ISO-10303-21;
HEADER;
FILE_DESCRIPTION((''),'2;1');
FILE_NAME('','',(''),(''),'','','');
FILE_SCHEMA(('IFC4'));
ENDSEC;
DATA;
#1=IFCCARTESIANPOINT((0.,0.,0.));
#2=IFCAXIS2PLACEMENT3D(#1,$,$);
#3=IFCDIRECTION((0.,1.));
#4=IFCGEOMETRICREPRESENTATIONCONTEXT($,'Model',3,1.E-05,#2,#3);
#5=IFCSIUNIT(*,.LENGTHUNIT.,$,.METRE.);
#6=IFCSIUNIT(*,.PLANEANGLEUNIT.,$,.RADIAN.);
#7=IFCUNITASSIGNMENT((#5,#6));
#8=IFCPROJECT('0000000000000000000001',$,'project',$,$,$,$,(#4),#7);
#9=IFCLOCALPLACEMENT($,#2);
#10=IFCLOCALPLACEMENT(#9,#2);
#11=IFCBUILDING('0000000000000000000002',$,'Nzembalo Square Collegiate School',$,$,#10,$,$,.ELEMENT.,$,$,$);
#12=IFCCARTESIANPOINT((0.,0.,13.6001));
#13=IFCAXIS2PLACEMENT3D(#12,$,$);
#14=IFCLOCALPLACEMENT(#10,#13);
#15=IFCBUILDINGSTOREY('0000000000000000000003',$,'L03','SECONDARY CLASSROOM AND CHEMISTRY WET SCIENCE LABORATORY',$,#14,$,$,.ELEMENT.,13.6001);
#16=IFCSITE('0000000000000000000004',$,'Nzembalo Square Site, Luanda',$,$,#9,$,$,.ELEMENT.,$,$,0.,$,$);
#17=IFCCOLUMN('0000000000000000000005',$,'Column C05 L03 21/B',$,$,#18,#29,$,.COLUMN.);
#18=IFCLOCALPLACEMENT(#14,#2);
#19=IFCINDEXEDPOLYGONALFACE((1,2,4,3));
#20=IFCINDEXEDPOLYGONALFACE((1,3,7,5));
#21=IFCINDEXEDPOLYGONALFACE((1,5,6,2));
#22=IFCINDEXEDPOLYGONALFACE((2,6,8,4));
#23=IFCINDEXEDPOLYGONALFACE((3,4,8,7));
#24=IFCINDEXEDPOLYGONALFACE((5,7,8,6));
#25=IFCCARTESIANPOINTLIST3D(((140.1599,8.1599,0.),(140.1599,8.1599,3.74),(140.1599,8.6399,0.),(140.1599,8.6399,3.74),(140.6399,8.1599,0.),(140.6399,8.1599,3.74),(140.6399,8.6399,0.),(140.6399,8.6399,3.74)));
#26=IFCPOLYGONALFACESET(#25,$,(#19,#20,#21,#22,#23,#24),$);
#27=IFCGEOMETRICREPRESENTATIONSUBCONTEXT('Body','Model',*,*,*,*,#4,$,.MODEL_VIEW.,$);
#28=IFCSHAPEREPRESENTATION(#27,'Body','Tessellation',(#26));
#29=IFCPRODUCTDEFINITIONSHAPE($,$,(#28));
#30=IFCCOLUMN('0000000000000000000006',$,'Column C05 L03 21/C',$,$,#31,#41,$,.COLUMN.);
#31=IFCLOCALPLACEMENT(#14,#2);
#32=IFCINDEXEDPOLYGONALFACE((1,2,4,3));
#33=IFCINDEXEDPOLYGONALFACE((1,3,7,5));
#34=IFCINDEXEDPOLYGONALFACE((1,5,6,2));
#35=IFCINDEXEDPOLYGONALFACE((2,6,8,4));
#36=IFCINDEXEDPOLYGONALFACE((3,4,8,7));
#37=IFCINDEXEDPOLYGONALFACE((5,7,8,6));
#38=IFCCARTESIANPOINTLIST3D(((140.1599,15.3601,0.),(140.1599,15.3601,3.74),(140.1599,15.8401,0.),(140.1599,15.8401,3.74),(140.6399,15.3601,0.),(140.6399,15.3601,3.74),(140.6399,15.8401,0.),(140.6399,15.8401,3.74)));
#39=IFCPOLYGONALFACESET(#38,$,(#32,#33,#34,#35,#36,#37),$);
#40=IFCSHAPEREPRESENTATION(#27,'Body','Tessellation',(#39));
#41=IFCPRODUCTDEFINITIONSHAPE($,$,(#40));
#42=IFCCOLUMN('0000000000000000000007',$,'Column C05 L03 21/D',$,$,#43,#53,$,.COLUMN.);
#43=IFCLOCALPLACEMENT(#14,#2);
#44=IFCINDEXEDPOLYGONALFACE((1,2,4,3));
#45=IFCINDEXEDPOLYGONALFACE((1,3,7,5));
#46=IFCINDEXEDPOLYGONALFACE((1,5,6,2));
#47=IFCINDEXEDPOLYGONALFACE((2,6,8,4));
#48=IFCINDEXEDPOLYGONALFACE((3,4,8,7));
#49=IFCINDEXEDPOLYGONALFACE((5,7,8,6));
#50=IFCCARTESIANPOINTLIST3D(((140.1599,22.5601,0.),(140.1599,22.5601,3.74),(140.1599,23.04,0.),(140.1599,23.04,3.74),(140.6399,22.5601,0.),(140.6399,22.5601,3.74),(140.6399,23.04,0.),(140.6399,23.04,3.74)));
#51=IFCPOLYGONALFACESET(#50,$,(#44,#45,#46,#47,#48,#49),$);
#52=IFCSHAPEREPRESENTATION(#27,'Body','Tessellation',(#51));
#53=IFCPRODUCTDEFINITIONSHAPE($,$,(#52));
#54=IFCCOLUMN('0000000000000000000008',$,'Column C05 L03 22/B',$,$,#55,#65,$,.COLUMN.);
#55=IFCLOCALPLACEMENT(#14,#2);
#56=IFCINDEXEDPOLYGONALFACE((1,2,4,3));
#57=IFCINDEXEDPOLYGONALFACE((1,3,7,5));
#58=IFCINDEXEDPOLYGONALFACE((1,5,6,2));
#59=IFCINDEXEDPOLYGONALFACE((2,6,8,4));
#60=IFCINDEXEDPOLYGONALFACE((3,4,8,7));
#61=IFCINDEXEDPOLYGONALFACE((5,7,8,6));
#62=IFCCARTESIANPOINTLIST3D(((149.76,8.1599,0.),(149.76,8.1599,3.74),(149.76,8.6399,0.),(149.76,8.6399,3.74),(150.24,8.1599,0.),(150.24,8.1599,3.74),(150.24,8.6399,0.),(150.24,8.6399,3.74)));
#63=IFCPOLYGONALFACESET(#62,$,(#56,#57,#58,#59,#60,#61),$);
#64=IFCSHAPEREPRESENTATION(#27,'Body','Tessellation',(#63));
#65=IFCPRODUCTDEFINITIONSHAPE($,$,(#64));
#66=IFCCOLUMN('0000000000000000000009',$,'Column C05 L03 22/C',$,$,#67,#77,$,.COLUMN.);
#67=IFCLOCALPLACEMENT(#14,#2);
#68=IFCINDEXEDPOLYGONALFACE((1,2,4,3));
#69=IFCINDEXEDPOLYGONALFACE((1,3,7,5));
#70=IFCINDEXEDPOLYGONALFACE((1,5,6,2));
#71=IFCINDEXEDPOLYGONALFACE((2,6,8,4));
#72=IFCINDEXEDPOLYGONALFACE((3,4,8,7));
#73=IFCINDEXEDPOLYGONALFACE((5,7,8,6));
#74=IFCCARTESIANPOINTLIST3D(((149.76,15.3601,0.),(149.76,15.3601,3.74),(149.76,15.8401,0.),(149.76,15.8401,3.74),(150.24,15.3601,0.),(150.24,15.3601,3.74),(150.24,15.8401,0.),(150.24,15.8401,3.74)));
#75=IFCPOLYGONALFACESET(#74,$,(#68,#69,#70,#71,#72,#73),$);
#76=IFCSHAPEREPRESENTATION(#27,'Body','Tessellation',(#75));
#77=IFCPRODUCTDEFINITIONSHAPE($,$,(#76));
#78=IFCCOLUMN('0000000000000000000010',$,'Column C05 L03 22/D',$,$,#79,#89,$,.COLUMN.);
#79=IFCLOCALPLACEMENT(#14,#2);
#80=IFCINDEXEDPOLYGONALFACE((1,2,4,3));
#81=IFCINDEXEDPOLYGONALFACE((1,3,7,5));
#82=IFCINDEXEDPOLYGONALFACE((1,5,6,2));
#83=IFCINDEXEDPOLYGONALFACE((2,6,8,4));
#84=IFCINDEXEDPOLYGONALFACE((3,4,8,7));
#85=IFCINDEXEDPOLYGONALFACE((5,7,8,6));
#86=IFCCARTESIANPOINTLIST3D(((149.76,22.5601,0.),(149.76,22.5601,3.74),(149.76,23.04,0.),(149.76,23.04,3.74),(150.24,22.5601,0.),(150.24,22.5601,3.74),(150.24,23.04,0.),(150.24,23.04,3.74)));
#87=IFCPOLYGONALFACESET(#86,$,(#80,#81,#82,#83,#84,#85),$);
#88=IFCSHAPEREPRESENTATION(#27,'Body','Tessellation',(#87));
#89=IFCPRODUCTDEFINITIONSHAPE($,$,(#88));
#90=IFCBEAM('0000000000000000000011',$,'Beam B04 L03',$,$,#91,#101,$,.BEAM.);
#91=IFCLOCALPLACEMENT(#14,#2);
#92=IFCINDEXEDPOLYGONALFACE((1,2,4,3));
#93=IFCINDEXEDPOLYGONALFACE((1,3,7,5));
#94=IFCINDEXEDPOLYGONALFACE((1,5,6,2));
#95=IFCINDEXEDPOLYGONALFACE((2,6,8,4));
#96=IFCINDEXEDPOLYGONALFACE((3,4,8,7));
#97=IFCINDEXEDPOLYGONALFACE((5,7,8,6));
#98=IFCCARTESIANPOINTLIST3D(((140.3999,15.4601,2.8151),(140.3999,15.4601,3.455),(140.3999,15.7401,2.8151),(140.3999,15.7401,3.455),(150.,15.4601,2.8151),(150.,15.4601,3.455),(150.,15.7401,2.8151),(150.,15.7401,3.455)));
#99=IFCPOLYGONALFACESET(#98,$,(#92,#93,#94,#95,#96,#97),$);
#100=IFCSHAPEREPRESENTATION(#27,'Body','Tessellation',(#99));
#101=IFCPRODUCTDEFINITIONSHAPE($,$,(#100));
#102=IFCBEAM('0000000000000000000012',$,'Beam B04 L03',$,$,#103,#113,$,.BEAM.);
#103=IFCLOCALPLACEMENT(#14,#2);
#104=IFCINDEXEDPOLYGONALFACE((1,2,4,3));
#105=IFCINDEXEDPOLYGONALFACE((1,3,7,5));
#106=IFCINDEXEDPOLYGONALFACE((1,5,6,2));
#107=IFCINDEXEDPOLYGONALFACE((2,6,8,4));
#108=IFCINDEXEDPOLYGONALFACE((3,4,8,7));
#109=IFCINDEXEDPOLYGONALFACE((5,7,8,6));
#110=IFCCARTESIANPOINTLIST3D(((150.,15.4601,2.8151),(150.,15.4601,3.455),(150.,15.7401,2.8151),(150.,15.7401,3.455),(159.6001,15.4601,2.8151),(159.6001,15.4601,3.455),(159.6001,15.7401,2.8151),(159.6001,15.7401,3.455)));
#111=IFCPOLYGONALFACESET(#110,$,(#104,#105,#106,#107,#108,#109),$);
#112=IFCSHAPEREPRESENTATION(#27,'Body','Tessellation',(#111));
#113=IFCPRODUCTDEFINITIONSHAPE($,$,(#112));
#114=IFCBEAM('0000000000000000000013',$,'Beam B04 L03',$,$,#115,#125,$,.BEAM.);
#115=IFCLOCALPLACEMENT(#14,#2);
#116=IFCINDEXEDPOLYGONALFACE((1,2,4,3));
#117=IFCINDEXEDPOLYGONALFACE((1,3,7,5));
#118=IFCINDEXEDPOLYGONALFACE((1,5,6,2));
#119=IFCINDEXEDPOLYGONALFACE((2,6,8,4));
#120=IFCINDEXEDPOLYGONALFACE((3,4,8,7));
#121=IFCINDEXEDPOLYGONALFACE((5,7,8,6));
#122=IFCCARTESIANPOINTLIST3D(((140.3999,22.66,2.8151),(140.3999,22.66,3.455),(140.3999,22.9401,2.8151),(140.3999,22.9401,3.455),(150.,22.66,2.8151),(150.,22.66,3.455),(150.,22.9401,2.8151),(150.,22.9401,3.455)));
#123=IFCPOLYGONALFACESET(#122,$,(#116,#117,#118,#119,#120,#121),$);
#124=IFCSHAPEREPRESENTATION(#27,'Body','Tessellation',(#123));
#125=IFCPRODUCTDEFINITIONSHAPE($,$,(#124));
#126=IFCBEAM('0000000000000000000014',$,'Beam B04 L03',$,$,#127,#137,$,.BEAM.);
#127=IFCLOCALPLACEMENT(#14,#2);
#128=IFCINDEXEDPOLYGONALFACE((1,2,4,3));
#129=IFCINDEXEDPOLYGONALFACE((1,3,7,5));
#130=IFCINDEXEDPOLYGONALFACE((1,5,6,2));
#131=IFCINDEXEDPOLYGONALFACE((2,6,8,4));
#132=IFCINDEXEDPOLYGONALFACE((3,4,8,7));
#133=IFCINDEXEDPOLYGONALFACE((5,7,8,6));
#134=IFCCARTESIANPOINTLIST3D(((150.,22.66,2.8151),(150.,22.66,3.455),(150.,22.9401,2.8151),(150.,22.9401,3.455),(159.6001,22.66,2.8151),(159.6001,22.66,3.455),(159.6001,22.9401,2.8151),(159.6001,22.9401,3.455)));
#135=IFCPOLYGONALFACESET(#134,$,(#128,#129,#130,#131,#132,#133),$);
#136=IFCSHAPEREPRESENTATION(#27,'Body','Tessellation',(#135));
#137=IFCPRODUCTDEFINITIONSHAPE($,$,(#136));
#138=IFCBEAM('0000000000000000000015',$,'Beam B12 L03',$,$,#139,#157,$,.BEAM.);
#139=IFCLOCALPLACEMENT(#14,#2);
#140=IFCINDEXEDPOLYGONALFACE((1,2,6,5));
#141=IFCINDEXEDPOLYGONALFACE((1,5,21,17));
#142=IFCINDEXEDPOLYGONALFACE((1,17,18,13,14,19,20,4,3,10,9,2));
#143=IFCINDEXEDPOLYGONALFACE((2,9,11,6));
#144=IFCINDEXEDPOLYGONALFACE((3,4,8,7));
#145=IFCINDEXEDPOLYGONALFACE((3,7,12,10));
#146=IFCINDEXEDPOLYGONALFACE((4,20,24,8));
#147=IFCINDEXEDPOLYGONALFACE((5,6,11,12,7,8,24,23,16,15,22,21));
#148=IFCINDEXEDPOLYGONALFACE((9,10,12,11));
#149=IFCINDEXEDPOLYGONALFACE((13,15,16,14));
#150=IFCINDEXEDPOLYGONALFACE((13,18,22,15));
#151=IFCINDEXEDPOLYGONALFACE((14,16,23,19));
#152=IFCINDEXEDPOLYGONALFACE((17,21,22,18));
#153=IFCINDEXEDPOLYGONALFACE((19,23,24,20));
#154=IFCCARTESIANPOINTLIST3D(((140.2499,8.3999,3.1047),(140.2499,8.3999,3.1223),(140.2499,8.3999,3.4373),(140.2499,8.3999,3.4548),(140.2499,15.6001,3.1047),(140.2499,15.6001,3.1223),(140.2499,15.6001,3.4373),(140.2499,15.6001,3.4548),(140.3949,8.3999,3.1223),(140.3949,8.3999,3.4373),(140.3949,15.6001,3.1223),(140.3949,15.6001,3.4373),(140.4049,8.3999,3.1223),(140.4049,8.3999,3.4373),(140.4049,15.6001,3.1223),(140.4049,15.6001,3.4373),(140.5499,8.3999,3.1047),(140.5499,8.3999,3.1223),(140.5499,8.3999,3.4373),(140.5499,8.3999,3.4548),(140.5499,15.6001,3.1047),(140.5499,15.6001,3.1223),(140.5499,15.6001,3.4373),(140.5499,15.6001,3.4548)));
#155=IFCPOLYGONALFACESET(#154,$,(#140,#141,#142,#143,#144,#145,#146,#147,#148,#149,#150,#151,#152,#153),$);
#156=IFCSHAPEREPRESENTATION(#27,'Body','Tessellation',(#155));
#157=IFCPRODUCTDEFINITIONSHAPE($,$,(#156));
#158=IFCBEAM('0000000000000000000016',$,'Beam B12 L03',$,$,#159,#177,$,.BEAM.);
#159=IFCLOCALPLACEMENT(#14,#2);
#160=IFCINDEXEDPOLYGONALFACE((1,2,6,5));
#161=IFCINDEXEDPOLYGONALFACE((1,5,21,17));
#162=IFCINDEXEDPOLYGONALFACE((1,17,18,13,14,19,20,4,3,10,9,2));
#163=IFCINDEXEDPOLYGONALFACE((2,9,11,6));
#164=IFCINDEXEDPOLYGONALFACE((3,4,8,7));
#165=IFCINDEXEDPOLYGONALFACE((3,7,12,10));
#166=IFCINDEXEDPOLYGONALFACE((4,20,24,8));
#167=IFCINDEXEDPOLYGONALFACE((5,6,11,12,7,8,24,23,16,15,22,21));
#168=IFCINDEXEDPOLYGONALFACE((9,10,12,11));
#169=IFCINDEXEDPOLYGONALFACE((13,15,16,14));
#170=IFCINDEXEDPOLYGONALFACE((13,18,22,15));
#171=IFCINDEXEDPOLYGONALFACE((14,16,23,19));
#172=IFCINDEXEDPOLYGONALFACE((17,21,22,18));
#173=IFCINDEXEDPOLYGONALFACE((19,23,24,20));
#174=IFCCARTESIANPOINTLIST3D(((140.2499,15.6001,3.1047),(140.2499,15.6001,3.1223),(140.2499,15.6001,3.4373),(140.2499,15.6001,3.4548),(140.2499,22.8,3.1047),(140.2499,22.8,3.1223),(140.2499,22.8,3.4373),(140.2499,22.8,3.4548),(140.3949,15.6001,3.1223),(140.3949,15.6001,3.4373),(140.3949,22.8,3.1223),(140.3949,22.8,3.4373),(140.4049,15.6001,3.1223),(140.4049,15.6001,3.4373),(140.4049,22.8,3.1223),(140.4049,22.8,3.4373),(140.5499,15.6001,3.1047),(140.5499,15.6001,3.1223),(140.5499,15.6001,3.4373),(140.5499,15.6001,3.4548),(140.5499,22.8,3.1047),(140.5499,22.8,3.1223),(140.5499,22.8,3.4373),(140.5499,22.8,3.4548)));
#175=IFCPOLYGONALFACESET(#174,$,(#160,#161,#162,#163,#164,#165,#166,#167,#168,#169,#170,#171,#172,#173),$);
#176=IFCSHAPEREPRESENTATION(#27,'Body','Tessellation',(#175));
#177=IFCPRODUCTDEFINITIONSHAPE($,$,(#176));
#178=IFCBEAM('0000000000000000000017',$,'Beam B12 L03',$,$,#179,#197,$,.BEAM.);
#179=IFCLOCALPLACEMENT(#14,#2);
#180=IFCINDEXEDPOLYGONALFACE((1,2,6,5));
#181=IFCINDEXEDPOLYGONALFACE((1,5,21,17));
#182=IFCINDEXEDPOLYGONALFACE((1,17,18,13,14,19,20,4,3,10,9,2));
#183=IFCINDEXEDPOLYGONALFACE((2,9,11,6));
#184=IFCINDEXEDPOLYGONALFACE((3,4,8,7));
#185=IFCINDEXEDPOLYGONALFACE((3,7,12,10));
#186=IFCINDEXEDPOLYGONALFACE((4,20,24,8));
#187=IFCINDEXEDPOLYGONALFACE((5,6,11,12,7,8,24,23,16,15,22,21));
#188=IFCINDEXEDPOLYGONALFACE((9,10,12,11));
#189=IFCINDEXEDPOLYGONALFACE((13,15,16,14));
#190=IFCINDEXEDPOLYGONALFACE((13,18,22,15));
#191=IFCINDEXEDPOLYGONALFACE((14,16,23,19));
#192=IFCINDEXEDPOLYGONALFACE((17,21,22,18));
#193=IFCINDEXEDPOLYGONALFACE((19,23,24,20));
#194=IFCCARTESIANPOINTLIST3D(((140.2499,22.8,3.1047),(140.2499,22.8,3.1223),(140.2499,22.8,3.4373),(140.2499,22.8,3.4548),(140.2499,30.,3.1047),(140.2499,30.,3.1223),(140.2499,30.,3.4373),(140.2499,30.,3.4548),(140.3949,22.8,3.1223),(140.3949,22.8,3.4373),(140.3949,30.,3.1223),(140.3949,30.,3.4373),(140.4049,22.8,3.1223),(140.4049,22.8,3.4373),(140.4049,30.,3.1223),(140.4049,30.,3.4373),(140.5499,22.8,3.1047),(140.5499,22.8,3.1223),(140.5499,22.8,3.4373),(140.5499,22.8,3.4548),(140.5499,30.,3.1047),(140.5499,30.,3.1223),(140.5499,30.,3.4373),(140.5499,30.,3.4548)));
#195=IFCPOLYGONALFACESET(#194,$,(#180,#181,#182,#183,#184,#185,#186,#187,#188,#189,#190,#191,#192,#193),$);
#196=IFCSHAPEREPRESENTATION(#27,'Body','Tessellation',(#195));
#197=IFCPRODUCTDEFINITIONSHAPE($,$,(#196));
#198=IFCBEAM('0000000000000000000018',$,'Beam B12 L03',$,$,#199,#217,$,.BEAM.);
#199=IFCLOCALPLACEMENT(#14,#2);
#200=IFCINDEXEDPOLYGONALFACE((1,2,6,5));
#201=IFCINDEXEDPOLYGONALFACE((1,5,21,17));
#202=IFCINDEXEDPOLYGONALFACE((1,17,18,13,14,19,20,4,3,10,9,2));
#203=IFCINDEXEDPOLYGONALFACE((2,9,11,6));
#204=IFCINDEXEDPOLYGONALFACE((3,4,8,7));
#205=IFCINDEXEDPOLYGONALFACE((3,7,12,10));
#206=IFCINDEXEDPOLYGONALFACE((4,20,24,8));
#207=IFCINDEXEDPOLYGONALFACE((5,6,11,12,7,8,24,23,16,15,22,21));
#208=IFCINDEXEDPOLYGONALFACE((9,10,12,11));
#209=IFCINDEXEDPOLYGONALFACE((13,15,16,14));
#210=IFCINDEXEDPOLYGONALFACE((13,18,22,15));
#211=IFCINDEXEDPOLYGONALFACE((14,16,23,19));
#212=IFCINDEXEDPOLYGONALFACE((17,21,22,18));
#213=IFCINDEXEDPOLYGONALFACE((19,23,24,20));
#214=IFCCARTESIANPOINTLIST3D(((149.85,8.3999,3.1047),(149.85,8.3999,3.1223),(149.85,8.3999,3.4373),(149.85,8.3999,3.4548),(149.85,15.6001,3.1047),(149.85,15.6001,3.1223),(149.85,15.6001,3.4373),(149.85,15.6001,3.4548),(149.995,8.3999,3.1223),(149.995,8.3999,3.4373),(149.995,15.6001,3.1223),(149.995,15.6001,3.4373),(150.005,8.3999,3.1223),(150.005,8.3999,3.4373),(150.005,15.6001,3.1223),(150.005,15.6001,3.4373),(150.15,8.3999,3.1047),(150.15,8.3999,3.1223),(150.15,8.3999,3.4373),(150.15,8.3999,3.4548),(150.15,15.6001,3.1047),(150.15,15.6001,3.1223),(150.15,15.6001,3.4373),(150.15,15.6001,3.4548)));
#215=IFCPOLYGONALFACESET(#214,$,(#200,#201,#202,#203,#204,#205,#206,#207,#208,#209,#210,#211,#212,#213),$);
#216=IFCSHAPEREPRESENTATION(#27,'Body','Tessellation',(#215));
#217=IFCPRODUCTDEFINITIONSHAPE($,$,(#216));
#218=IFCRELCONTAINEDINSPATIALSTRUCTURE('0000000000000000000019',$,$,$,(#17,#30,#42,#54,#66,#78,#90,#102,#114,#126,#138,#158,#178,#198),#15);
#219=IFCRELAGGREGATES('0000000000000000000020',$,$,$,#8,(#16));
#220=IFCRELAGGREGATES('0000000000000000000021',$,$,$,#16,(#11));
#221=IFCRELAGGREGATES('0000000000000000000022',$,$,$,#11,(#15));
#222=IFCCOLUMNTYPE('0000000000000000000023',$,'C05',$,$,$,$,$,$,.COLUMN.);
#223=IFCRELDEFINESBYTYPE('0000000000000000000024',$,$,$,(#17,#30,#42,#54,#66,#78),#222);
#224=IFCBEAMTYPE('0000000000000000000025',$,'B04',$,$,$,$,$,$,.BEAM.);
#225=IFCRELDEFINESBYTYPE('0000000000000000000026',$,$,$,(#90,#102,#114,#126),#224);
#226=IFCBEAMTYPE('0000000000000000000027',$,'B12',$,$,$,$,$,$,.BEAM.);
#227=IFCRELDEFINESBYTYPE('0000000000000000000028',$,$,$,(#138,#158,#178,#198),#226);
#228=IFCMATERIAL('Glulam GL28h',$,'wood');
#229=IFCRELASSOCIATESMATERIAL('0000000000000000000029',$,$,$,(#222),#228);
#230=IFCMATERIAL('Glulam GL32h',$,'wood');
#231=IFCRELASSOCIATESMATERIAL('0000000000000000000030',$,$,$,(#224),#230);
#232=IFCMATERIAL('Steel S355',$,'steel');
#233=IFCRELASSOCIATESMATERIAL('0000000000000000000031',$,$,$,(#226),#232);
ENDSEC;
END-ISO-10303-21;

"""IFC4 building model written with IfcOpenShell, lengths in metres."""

from ifc_helpers import new_model, si_unit, direction, frame, origin, origin_2d, place, context, subcontext, project, spatial, rectangle, i_section, extrude, material, material_profile, profile_set, type_object, element, save


model = new_model("IFC4")

# Units and contexts
model_context = context("Model", 3, precision=1e-05, world=origin(), true_north=direction((0.0, 1.0)))
body_context = subcontext(model_context, "Body", "Model", "MODEL_VIEW")
ifc_project = project(units=[si_unit("LENGTHUNIT", "METRE"), si_unit("PLANEANGLEUNIT", "RADIAN")], contexts=[model_context])

# Site, building, storey
site_placement = place(None, origin())
site = spatial("IfcSite", under=ifc_project, at=site_placement, Name="Nzembalo Square Site, Luanda", CompositionType="ELEMENT", RefElevation=0.0)
building_placement = place(site_placement, origin())
building = spatial("IfcBuilding", under=site, at=building_placement, Name="Nzembalo Square Collegiate School", CompositionType="ELEMENT")
storey_placement = place(building_placement, frame((0.0, 0.0, 13.6001)))
storey = spatial("IfcBuildingStorey", under=building, at=storey_placement, Name="L03", Description="SECONDARY CLASSROOM AND CHEMISTRY WET SCIENCE LABORATORY", CompositionType="ELEMENT", Elevation=13.6001)

# Columns
ifc_material_1 = material(Name="Glulam GL28h", Category="wood")
ifc_material_profile_1 = material_profile(ifc_material_1, rectangle(XDim=0.48, YDim=0.48, at=origin_2d()), Name="GL28h 480x480")
ifc_profile_set_1 = profile_set([ifc_material_profile_1], Name="Glulam GL28h")
column_type = type_object("IfcColumnType", Name="C05", PredefinedType="COLUMN", material=ifc_profile_set_1)
for number, where, z_axis, x_axis, name in (
    (1, (140.3999, 8.3999, 0.0), (0.0, 0.0, 1.0), (1.0, 0.0, 0.0), "Column C05 L03 21/B"),
    (2, (140.3999, 15.6001, 0.0), (0.0, 0.0, 1.0), (1.0, 0.0, 0.0), "Column C05 L03 21/C"),
    (3, (140.3999, 22.8, 0.0), (0.0, 0.0, 1.0), (1.0, 0.0, 0.0), "Column C05 L03 21/D"),
    (4, (150.0, 8.3999, 0.0), (0.0, 0.0, 1.0), (1.0, 0.0, 0.0), "Column C05 L03 22/B"),
    (5, (150.0, 15.6001, 0.0), (0.0, 0.0, 1.0), (1.0, 0.0, 0.0), "Column C05 L03 22/C"),
    (6, (150.0, 22.8, 0.0), (0.0, 0.0, 1.0), (1.0, 0.0, 0.0), "Column C05 L03 22/D"),
):
    element("IfcColumn", number, at=place(storey_placement, frame(where, z_axis=z_axis, x_axis=x_axis)), inside=storey, type_object=column_type, Name=name, PredefinedType="COLUMN", context=body_context, shape_type="SweptSolid", body=[
        extrude(rectangle(XDim=0.48, YDim=0.48, at=origin_2d()), origin(), (0.0, 0.0, 1.0), 3.74),
    ])

# Beams
ifc_material_2 = material(Name="Glulam GL32h", Category="wood")
ifc_material_profile_2 = material_profile(ifc_material_2, rectangle(XDim=0.28, YDim=0.6399, at=origin_2d()), Name="GL32h 280x640")
ifc_profile_set_2 = profile_set([ifc_material_profile_2], Name="Glulam GL32h")
beam_type_1 = type_object("IfcBeamType", Name="B04", PredefinedType="BEAM", material=ifc_profile_set_2)
for number, where, z_axis, x_axis, name in (
    (7, (140.3999, 15.6001, 3.135), (1.0, 0.0, 0.0), (0.0, 1.0, 0.0), "Beam B04 L03"),
    (8, (150.0, 15.6001, 3.135), (1.0, 0.0, 0.0), (0.0, 1.0, 0.0), "Beam B04 L03"),
    (9, (140.3999, 22.8, 3.135), (1.0, 0.0, 0.0), (0.0, 1.0, 0.0), "Beam B04 L03"),
    (10, (150.0, 22.8, 3.135), (1.0, 0.0, 0.0), (0.0, 1.0, 0.0), "Beam B04 L03"),
):
    element("IfcBeam", number, at=place(storey_placement, frame(where, z_axis=z_axis, x_axis=x_axis)), inside=storey, type_object=beam_type_1, Name=name, PredefinedType="BEAM", context=body_context, shape_type="SweptSolid", body=[
        extrude(rectangle(XDim=0.28, YDim=0.6399, at=origin_2d()), origin(), (0.0, 0.0, 1.0), 9.6001),
    ])
ifc_material_3 = material(Name="Steel S355", Category="steel")
ifc_material_profile_3 = material_profile(ifc_material_3, i_section(OverallWidth=0.3, OverallDepth=0.3501, WebThickness=0.01, FlangeThickness=0.0176, at=origin_2d()), Name="HEA 360")
ifc_profile_set_3 = profile_set([ifc_material_profile_3], Name="Steel S355")
beam_type_2 = type_object("IfcBeamType", Name="B12", PredefinedType="BEAM", material=ifc_profile_set_3)
beam_1_placement = place(storey_placement, frame((140.3999, 8.3999, 3.2798), z_axis=(0.0, 1.0, 0.0), x_axis=(-1.0, 0.0, 0.0)))
element("IfcBeam", 11, at=beam_1_placement, inside=storey, type_object=beam_type_2, Name="Beam B12 L03", PredefinedType="BEAM", context=body_context, shape_type="SweptSolid", body=[
    extrude(i_section(OverallWidth=0.3, OverallDepth=0.3501, WebThickness=0.01, FlangeThickness=0.0176, at=origin_2d()), origin(), (0.0, 0.0, 1.0), 7.2002),
])
for number, where, z_axis, x_axis, name in (
    (12, (140.3999, 15.6001, 3.2798), (0.0, 1.0, 0.0), (-1.0, 0.0, 0.0), "Beam B12 L03"),
    (13, (140.3999, 22.8, 3.2798), (0.0, 1.0, 0.0), (-1.0, 0.0, 0.0), "Beam B12 L03"),
):
    element("IfcBeam", number, at=place(storey_placement, frame(where, z_axis=z_axis, x_axis=x_axis)), inside=storey, type_object=beam_type_2, Name=name, PredefinedType="BEAM", context=body_context, shape_type="SweptSolid", body=[
        extrude(i_section(OverallWidth=0.3, OverallDepth=0.3501, WebThickness=0.01, FlangeThickness=0.0176, at=origin_2d()), origin(), (0.0, 0.0, 1.0), 7.2),
    ])
beam_2_placement = place(storey_placement, frame((150.0, 8.3999, 3.2798), z_axis=(0.0, 1.0, 0.0), x_axis=(-1.0, 0.0, 0.0)))
element("IfcBeam", 14, at=beam_2_placement, inside=storey, type_object=beam_type_2, Name="Beam B12 L03", PredefinedType="BEAM", context=body_context, shape_type="SweptSolid", body=[
    extrude(i_section(OverallWidth=0.3, OverallDepth=0.3501, WebThickness=0.01, FlangeThickness=0.0176, at=origin_2d()), origin(), (0.0, 0.0, 1.0), 7.2002),
])

save(model, "model.ifc")
